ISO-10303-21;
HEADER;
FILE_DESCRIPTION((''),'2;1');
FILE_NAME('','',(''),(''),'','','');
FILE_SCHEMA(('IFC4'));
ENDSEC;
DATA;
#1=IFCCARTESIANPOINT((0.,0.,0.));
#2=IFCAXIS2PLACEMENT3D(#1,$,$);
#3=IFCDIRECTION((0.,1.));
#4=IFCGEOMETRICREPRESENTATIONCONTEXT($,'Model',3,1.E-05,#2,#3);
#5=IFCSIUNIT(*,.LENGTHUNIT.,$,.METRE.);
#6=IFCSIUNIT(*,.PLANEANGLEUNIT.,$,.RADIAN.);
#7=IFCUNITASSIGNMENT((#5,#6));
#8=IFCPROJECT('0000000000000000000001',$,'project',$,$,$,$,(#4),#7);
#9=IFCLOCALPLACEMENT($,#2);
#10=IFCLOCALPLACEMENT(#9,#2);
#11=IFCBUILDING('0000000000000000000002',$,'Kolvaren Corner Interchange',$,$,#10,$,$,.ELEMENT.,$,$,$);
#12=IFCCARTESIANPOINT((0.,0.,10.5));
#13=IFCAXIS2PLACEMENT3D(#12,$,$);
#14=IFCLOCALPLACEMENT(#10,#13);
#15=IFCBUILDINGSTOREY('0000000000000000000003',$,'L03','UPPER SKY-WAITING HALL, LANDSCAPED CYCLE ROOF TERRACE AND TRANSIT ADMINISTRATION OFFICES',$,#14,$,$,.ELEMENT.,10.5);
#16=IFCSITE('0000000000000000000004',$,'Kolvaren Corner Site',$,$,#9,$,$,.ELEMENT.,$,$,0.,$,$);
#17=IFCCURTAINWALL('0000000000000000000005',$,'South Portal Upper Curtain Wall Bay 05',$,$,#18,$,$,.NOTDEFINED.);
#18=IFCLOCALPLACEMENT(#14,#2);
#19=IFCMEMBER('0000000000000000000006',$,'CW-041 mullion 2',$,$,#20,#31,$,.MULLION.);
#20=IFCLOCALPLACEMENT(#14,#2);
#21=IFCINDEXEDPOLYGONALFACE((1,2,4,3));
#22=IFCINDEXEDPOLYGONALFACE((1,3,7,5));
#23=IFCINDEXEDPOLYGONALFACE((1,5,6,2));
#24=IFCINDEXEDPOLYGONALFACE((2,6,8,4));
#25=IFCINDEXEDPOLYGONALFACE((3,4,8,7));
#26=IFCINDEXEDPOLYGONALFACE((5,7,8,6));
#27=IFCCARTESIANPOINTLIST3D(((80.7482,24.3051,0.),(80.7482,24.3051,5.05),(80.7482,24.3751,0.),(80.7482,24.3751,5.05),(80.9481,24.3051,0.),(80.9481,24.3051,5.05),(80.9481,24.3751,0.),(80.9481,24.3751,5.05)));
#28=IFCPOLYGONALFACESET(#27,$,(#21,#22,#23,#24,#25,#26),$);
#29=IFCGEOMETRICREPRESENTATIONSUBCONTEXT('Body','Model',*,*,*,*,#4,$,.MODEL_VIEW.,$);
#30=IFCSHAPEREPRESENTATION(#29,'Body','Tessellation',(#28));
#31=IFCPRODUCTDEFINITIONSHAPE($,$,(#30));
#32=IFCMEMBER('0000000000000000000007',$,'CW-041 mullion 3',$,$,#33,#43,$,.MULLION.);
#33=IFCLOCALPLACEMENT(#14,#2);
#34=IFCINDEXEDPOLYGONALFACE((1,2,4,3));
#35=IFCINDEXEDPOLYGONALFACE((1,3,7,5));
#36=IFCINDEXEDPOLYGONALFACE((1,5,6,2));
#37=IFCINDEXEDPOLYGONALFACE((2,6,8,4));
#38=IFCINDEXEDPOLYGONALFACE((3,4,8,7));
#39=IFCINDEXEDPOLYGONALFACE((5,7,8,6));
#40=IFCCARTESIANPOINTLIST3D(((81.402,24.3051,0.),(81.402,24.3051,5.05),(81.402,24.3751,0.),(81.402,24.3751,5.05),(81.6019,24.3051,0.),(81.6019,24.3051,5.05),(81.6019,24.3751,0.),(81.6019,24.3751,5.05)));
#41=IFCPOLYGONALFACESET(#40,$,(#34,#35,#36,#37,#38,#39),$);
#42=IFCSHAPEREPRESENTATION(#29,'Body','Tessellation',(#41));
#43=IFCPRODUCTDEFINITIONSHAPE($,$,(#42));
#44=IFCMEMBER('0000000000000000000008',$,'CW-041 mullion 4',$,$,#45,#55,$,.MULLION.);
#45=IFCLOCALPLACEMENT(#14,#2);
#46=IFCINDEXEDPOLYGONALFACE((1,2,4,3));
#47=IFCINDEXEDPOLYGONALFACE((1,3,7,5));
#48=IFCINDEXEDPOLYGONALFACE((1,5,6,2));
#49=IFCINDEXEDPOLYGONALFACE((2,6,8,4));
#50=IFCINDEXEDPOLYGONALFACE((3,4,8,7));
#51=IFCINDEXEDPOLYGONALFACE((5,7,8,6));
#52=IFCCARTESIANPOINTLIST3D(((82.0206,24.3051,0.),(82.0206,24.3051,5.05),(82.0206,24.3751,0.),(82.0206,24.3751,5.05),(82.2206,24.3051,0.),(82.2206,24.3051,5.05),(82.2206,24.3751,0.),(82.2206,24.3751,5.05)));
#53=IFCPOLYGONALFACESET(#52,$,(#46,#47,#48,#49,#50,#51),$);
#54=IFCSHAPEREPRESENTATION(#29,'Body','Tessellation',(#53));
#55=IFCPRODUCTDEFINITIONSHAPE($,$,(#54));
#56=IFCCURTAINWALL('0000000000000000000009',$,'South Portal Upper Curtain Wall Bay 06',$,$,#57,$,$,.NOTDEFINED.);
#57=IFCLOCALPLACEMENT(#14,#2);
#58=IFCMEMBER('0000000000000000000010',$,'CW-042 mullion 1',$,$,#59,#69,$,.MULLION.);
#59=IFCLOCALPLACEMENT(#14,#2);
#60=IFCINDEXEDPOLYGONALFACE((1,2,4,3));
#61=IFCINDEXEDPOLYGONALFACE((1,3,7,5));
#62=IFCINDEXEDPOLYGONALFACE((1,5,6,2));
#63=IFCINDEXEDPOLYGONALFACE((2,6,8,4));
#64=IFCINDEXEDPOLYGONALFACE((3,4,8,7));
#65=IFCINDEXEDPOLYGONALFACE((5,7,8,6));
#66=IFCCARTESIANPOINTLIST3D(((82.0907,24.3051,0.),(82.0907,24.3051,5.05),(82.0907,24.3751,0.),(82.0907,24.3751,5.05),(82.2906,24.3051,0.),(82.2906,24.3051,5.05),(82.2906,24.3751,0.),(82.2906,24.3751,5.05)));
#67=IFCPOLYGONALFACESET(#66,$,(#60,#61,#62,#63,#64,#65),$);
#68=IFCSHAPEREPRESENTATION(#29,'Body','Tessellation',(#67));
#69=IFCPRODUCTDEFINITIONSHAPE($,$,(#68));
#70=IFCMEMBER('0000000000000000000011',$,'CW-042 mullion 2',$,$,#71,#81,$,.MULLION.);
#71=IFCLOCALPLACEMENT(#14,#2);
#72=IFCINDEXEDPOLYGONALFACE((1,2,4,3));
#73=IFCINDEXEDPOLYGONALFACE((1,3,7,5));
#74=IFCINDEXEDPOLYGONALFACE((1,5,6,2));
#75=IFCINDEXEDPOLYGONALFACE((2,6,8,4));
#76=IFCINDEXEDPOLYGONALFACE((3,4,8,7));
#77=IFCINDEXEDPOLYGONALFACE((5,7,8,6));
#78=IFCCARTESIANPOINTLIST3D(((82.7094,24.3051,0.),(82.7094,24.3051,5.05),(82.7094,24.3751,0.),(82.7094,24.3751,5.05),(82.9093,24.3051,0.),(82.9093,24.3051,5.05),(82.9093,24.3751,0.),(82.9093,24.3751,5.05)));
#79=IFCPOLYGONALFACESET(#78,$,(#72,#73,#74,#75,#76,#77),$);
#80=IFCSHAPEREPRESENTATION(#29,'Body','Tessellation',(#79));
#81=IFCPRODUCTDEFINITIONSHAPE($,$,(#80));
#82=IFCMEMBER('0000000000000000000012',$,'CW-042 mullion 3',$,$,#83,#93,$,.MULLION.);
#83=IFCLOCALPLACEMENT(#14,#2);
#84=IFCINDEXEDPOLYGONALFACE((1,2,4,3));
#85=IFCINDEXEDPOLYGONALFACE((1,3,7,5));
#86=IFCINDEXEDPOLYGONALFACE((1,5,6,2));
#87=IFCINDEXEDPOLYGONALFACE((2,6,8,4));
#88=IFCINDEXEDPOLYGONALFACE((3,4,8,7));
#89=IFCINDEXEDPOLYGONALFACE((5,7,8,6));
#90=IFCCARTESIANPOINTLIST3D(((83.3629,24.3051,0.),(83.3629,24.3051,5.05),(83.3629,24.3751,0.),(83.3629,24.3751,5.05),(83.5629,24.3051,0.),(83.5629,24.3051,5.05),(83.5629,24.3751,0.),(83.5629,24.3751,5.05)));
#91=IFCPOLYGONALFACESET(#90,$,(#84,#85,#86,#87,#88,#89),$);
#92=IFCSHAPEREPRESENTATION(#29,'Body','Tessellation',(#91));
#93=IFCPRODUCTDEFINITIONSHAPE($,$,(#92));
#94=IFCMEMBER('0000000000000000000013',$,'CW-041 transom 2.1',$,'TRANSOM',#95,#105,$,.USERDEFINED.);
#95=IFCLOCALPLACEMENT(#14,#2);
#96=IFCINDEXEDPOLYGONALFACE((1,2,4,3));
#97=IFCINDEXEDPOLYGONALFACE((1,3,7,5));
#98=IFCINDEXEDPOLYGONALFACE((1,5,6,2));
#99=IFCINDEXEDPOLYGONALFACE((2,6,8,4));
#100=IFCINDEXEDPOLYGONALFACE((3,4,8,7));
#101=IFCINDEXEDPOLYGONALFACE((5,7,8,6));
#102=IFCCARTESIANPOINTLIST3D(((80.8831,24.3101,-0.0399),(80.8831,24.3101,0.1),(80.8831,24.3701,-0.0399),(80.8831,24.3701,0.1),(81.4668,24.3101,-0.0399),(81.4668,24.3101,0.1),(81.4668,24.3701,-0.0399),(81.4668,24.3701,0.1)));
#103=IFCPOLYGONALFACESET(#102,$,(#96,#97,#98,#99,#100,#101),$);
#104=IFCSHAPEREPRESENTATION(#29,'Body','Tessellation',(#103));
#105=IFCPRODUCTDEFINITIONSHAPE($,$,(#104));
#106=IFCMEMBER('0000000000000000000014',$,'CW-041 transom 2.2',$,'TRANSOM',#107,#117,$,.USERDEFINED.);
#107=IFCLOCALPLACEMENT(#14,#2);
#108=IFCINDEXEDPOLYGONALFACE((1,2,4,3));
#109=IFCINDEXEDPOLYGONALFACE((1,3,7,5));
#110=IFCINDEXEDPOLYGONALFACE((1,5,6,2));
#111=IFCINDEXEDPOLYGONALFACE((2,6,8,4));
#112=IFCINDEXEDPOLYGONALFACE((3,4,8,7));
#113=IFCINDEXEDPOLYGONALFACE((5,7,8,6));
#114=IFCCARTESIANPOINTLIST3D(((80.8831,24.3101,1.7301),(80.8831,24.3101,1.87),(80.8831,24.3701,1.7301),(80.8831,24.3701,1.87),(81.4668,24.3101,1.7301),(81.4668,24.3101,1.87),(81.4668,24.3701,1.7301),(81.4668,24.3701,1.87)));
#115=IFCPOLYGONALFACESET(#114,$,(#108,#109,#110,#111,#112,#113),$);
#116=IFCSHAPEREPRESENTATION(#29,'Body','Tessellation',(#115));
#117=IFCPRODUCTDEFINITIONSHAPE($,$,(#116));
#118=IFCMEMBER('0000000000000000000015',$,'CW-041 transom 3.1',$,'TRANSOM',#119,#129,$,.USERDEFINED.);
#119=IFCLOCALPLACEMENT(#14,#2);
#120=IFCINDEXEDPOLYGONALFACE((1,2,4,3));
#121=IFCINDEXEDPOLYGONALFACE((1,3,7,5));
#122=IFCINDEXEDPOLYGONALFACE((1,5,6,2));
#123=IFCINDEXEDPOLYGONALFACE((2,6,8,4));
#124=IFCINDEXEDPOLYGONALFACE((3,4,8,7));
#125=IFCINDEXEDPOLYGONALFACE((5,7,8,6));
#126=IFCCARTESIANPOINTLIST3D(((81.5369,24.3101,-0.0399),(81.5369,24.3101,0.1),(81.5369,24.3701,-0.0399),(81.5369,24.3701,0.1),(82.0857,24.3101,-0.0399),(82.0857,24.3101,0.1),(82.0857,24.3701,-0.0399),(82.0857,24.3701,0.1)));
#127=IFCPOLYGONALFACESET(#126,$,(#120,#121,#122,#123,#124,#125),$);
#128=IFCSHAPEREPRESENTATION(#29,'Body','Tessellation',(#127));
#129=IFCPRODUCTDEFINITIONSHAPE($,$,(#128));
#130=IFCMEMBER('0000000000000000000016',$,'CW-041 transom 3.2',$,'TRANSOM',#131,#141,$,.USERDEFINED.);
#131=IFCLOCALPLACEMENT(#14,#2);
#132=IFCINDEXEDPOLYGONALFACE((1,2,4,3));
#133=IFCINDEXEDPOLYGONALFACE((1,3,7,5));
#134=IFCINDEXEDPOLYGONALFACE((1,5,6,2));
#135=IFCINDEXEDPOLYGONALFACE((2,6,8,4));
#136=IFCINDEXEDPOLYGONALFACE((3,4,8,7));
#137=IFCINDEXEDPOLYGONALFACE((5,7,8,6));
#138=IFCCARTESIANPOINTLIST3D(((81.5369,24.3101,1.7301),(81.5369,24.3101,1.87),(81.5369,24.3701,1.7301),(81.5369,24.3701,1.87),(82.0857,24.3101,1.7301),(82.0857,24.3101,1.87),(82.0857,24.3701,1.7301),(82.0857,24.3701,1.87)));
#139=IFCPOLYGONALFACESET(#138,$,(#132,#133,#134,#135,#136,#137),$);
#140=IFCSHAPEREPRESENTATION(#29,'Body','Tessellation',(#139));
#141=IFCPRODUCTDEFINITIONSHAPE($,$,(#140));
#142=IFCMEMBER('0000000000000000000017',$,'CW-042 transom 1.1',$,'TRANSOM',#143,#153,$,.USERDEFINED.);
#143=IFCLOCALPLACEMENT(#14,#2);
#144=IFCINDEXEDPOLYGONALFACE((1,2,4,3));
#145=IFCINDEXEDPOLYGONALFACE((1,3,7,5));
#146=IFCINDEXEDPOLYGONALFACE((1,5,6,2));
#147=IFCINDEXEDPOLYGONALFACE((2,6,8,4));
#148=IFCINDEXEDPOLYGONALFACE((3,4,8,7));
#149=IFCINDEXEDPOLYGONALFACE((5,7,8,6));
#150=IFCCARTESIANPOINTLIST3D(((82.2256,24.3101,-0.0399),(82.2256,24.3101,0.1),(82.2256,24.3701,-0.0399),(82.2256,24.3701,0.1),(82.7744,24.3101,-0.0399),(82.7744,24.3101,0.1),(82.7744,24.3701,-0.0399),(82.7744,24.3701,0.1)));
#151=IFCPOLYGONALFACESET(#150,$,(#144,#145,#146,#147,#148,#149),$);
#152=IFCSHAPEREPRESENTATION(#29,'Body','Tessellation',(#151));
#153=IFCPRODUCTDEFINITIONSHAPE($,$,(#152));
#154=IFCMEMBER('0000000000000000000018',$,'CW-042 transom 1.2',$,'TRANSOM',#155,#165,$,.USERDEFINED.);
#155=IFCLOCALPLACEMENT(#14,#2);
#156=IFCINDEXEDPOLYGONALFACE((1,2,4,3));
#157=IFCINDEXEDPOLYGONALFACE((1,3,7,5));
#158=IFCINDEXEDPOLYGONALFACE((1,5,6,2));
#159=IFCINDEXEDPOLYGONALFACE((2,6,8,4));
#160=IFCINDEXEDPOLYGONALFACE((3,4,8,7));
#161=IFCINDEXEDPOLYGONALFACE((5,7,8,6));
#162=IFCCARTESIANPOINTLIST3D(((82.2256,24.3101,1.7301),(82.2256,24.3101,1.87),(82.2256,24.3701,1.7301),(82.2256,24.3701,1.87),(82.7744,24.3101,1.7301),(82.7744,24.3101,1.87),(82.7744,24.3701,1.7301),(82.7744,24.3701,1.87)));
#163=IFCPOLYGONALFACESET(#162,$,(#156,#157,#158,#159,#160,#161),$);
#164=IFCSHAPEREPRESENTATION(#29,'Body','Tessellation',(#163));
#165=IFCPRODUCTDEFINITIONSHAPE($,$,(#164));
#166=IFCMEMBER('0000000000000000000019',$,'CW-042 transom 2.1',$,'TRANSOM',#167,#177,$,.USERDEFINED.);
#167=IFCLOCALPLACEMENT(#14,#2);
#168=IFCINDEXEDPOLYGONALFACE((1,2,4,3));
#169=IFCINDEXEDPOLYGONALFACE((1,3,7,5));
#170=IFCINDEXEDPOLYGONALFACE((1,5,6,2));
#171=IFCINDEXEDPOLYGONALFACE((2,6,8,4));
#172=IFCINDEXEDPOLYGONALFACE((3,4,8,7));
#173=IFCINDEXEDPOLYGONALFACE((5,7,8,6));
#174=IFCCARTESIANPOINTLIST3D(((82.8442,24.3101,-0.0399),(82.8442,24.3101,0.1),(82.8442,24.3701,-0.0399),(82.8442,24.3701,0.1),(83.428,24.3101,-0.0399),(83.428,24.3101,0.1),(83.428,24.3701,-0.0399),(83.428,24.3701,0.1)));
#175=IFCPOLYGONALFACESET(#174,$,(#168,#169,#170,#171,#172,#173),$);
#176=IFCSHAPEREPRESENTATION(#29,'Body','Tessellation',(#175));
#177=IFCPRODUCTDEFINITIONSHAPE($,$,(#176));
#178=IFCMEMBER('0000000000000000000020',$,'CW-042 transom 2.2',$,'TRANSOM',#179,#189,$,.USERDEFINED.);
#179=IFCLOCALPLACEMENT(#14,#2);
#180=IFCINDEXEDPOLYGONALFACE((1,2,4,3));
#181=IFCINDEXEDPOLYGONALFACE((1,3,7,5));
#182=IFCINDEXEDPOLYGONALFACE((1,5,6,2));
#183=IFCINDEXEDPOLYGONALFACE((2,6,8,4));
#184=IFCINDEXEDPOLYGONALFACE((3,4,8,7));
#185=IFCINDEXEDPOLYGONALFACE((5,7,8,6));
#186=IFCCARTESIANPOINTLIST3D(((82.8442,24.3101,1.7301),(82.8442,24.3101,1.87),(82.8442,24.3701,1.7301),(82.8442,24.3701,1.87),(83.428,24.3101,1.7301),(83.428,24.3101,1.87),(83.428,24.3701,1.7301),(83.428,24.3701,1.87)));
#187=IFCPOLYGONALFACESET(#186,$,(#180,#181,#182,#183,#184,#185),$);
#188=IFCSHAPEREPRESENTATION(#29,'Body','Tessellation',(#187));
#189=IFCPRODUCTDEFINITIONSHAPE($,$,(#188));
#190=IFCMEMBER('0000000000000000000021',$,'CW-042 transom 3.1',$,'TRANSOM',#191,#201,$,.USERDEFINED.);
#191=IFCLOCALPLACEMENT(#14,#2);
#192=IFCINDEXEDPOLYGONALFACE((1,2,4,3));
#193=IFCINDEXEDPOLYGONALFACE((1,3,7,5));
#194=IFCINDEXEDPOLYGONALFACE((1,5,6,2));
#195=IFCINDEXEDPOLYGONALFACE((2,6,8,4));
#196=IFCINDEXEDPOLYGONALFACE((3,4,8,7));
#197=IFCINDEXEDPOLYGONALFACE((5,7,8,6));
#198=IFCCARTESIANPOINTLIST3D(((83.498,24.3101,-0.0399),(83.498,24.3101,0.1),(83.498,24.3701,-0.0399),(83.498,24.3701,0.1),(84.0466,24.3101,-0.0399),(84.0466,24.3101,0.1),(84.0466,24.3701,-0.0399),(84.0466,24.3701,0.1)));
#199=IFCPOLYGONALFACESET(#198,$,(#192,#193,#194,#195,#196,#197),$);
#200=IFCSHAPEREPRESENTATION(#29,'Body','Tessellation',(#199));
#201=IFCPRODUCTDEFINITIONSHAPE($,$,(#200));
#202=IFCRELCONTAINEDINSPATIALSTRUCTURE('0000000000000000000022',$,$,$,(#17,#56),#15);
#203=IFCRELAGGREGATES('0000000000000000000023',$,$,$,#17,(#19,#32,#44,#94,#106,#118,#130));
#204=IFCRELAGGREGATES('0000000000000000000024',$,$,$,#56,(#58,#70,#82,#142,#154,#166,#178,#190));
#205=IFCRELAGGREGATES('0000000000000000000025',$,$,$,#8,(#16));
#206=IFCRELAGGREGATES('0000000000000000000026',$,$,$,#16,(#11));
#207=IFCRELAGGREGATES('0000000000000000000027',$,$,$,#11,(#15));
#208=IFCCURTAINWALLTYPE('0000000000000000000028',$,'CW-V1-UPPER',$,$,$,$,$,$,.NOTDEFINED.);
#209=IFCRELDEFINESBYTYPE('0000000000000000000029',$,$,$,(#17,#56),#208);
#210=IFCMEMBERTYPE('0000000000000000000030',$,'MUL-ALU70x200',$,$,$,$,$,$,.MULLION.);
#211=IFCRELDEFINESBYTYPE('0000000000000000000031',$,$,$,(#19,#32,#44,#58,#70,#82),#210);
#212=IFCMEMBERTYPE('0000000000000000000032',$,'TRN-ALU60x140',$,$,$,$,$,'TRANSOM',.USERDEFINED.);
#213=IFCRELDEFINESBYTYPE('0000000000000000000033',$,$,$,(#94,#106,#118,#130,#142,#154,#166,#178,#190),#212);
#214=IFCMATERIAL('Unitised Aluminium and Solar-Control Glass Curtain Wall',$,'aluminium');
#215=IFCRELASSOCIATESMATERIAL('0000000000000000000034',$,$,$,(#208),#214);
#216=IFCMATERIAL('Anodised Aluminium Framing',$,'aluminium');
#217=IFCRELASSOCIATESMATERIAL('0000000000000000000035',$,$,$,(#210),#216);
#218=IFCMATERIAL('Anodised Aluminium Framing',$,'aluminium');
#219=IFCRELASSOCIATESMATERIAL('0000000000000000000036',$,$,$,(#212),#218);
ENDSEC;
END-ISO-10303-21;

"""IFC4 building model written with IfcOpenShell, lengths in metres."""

from ifc_helpers import new_model, si_unit, direction, frame, origin, origin_2d, place, context, subcontext, project, spatial, rectangle, extrude, material, material_profile, profile_set, type_object, element, aggregate, save


model = new_model("IFC4")

# Units and contexts
model_context = context("Model", 3, precision=1e-05, world=origin(), true_north=direction((0.0, 1.0)))
body_context = subcontext(model_context, "Body", "Model", "MODEL_VIEW")
ifc_project = project(units=[si_unit("LENGTHUNIT", "METRE"), si_unit("PLANEANGLEUNIT", "RADIAN")], contexts=[model_context])

# Site, building, storey
site_placement = place(None, origin())
site = spatial("IfcSite", under=ifc_project, at=site_placement, Name="Kolvaren Corner Site", CompositionType="ELEMENT", RefElevation=0.0)
building_placement = place(site_placement, origin())
building = spatial("IfcBuilding", under=site, at=building_placement, Name="Kolvaren Corner Interchange", CompositionType="ELEMENT")
storey_placement = place(building_placement, frame((0.0, 0.0, 10.5)))
storey = spatial("IfcBuildingStorey", under=building, at=storey_placement, Name="L03", Description="UPPER SKY-WAITING HALL, LANDSCAPED CYCLE ROOF TERRACE AND TRANSIT ADMINISTRATION OFFICES", CompositionType="ELEMENT", Elevation=10.5)

# Curtain walls, members
ifc_material_1 = material(Name="Unitised Aluminium and Solar-Control Glass Curtain Wall", Category="aluminium")
curtain_wall_type = type_object("IfcCurtainWallType", Name="CW-V1-UPPER", PredefinedType="NOTDEFINED", material=ifc_material_1)
curtain_wall_1_placement = place(storey_placement, origin())
curtain_wall_1 = element("IfcCurtainWall", 1, at=curtain_wall_1_placement, inside=storey, type_object=curtain_wall_type, Name="South Portal Upper Curtain Wall Bay 05", PredefinedType="NOTDEFINED")
ifc_material_2 = material(Name="Anodised Aluminium Framing", Category="aluminium")
ifc_material_profile_1 = material_profile(ifc_material_2, rectangle(XDim=0.0701, YDim=0.2, at=origin_2d()), Name="ALU 70x200")
ifc_profile_set_1 = profile_set([ifc_material_profile_1], Name="Anodised Aluminium Framing")
member_type_1 = type_object("IfcMemberType", Name="MUL-ALU70x200", PredefinedType="MULLION", material=ifc_profile_set_1)
member_1_placement = place(storey_placement, frame((80.8481, 24.3401, 0.0), z_axis=(0.0, 0.0, 1.0), x_axis=(0.0, 1.0, 0.0)))
member_1 = element("IfcMember", 2, at=member_1_placement, type_object=member_type_1, Name="CW-041 mullion 2", PredefinedType="MULLION", context=body_context, shape_type="SweptSolid", body=[
    extrude(rectangle(XDim=0.0701, YDim=0.2, at=origin_2d()), origin(), (0.0, 0.0, 1.0), 5.05),
])
member_2_placement = place(storey_placement, frame((81.502, 24.3401, 0.0), z_axis=(0.0, 0.0, 1.0), x_axis=(0.0, 1.0, 0.0)))
member_2 = element("IfcMember", 3, at=member_2_placement, type_object=member_type_1, Name="CW-041 mullion 3", PredefinedType="MULLION", context=body_context, shape_type="SweptSolid", body=[
    extrude(rectangle(XDim=0.0701, YDim=0.2, at=origin_2d()), origin(), (0.0, 0.0, 1.0), 5.05),
])
member_3_placement = place(storey_placement, frame((82.1206, 24.3401, 0.0), z_axis=(0.0, 0.0, 1.0), x_axis=(0.0, 1.0, 0.0)))
member_3 = element("IfcMember", 4, at=member_3_placement, type_object=member_type_1, Name="CW-041 mullion 4", PredefinedType="MULLION", context=body_context, shape_type="SweptSolid", body=[
    extrude(rectangle(XDim=0.0701, YDim=0.2, at=origin_2d()), origin(), (0.0, 0.0, 1.0), 5.05),
])
curtain_wall_2_placement = place(storey_placement, origin())
curtain_wall_2 = element("IfcCurtainWall", 5, at=curtain_wall_2_placement, inside=storey, type_object=curtain_wall_type, Name="South Portal Upper Curtain Wall Bay 06", PredefinedType="NOTDEFINED")
member_4_placement = place(storey_placement, frame((82.1907, 24.3401, 0.0), z_axis=(0.0, 0.0, 1.0), x_axis=(0.0, 1.0, 0.0)))
member_4 = element("IfcMember", 6, at=member_4_placement, type_object=member_type_1, Name="CW-042 mullion 1", PredefinedType="MULLION", context=body_context, shape_type="SweptSolid", body=[
    extrude(rectangle(XDim=0.0701, YDim=0.2, at=origin_2d()), origin(), (0.0, 0.0, 1.0), 5.05),
])
member_5_placement = place(storey_placement, frame((82.8093, 24.3401, 0.0), z_axis=(0.0, 0.0, 1.0), x_axis=(0.0, 1.0, 0.0)))
member_5 = element("IfcMember", 7, at=member_5_placement, type_object=member_type_1, Name="CW-042 mullion 2", PredefinedType="MULLION", context=body_context, shape_type="SweptSolid", body=[
    extrude(rectangle(XDim=0.0701, YDim=0.2, at=origin_2d()), origin(), (0.0, 0.0, 1.0), 5.05),
])
member_6_placement = place(storey_placement, frame((83.4629, 24.3401, 0.0), z_axis=(0.0, 0.0, 1.0), x_axis=(0.0, 1.0, 0.0)))
member_6 = element("IfcMember", 8, at=member_6_placement, type_object=member_type_1, Name="CW-042 mullion 3", PredefinedType="MULLION", context=body_context, shape_type="SweptSolid", body=[
    extrude(rectangle(XDim=0.0701, YDim=0.2, at=origin_2d()), origin(), (0.0, 0.0, 1.0), 5.05),
])

# Members
ifc_material_3 = material(Name="Anodised Aluminium Framing", Category="aluminium")
ifc_material_profile_2 = material_profile(ifc_material_3, rectangle(XDim=0.0601, YDim=0.1399, at=origin_2d()), Name="ALU 60x140")
ifc_profile_set_2 = profile_set([ifc_material_profile_2], Name="Anodised Aluminium Framing")
member_type_2 = type_object("IfcMemberType", Name="TRN-ALU60x140", ElementType="TRANSOM", PredefinedType="USERDEFINED", material=ifc_profile_set_2)
member_7_placement = place(storey_placement, frame((80.8831, 24.3401, 0.03), z_axis=(1.0, 0.0, 0.0), x_axis=(0.0, 1.0, 0.0)))
member_7 = element("IfcMember", 9, at=member_7_placement, type_object=member_type_2, Name="CW-041 transom 2.1", ObjectType="TRANSOM", PredefinedType="USERDEFINED", context=body_context, shape_type="SweptSolid", body=[
    extrude(rectangle(XDim=0.0601, YDim=0.1399, at=origin_2d()), origin(), (0.0, 0.0, 1.0), 0.5837),
])
member_8_placement = place(storey_placement, frame((80.8831, 24.3401, 1.8), z_axis=(1.0, 0.0, 0.0), x_axis=(0.0, 1.0, 0.0)))
member_8 = element("IfcMember", 10, at=member_8_placement, type_object=member_type_2, Name="CW-041 transom 2.2", ObjectType="TRANSOM", PredefinedType="USERDEFINED", context=body_context, shape_type="SweptSolid", body=[
    extrude(rectangle(XDim=0.0601, YDim=0.1399, at=origin_2d()), origin(), (0.0, 0.0, 1.0), 0.5837),
])
member_9_placement = place(storey_placement, frame((81.5369, 24.3401, 0.03), z_axis=(1.0, 0.0, 0.0), x_axis=(0.0, 1.0, 0.0)))
member_9 = element("IfcMember", 11, at=member_9_placement, type_object=member_type_2, Name="CW-041 transom 3.1", ObjectType="TRANSOM", PredefinedType="USERDEFINED", context=body_context, shape_type="SweptSolid", body=[
    extrude(rectangle(XDim=0.0601, YDim=0.1399, at=origin_2d()), origin(), (0.0, 0.0, 1.0), 0.5488),
])
member_10_placement = place(storey_placement, frame((81.5369, 24.3401, 1.8), z_axis=(1.0, 0.0, 0.0), x_axis=(0.0, 1.0, 0.0)))
member_10 = element("IfcMember", 12, at=member_10_placement, type_object=member_type_2, Name="CW-041 transom 3.2", ObjectType="TRANSOM", PredefinedType="USERDEFINED", context=body_context, shape_type="SweptSolid", body=[
    extrude(rectangle(XDim=0.0601, YDim=0.1399, at=origin_2d()), origin(), (0.0, 0.0, 1.0), 0.5488),
])
member_11_placement = place(storey_placement, frame((82.2256, 24.3401, 0.03), z_axis=(1.0, 0.0, 0.0), x_axis=(0.0, 1.0, 0.0)))
member_11 = element("IfcMember", 13, at=member_11_placement, type_object=member_type_2, Name="CW-042 transom 1.1", ObjectType="TRANSOM", PredefinedType="USERDEFINED", context=body_context, shape_type="SweptSolid", body=[
    extrude(rectangle(XDim=0.0601, YDim=0.1399, at=origin_2d()), origin(), (0.0, 0.0, 1.0), 0.5488),
])
member_12_placement = place(storey_placement, frame((82.2256, 24.3401, 1.8), z_axis=(1.0, 0.0, 0.0), x_axis=(0.0, 1.0, 0.0)))
member_12 = element("IfcMember", 14, at=member_12_placement, type_object=member_type_2, Name="CW-042 transom 1.2", ObjectType="TRANSOM", PredefinedType="USERDEFINED", context=body_context, shape_type="SweptSolid", body=[
    extrude(rectangle(XDim=0.0601, YDim=0.1399, at=origin_2d()), origin(), (0.0, 0.0, 1.0), 0.5488),
])
member_13_placement = place(storey_placement, frame((82.8442, 24.3401, 0.03), z_axis=(1.0, 0.0, 0.0), x_axis=(0.0, 1.0, 0.0)))
member_13 = element("IfcMember", 15, at=member_13_placement, type_object=member_type_2, Name="CW-042 transom 2.1", ObjectType="TRANSOM", PredefinedType="USERDEFINED", context=body_context, shape_type="SweptSolid", body=[
    extrude(rectangle(XDim=0.0601, YDim=0.1399, at=origin_2d()), origin(), (0.0, 0.0, 1.0), 0.5837),
])
member_14_placement = place(storey_placement, frame((82.8442, 24.3401, 1.8), z_axis=(1.0, 0.0, 0.0), x_axis=(0.0, 1.0, 0.0)))
member_14 = element("IfcMember", 16, at=member_14_placement, type_object=member_type_2, Name="CW-042 transom 2.2", ObjectType="TRANSOM", PredefinedType="USERDEFINED", context=body_context, shape_type="SweptSolid", body=[
    extrude(rectangle(XDim=0.0601, YDim=0.1399, at=origin_2d()), origin(), (0.0, 0.0, 1.0), 0.5837),
])
member_15_placement = place(storey_placement, frame((83.498, 24.3401, 0.03), z_axis=(1.0, 0.0, 0.0), x_axis=(0.0, 1.0, 0.0)))
member_15 = element("IfcMember", 17, at=member_15_placement, type_object=member_type_2, Name="CW-042 transom 3.1", ObjectType="TRANSOM", PredefinedType="USERDEFINED", context=body_context, shape_type="SweptSolid", body=[
    extrude(rectangle(XDim=0.0601, YDim=0.1399, at=origin_2d()), origin(), (0.0, 0.0, 1.0), 0.5486),
])

aggregate(curtain_wall_1, [member_1, member_2, member_3, member_7, member_8, member_9, member_10])
aggregate(curtain_wall_2, [member_4, member_5, member_6, member_11, member_12, member_13, member_14, member_15])

save(model, "model.ifc")
